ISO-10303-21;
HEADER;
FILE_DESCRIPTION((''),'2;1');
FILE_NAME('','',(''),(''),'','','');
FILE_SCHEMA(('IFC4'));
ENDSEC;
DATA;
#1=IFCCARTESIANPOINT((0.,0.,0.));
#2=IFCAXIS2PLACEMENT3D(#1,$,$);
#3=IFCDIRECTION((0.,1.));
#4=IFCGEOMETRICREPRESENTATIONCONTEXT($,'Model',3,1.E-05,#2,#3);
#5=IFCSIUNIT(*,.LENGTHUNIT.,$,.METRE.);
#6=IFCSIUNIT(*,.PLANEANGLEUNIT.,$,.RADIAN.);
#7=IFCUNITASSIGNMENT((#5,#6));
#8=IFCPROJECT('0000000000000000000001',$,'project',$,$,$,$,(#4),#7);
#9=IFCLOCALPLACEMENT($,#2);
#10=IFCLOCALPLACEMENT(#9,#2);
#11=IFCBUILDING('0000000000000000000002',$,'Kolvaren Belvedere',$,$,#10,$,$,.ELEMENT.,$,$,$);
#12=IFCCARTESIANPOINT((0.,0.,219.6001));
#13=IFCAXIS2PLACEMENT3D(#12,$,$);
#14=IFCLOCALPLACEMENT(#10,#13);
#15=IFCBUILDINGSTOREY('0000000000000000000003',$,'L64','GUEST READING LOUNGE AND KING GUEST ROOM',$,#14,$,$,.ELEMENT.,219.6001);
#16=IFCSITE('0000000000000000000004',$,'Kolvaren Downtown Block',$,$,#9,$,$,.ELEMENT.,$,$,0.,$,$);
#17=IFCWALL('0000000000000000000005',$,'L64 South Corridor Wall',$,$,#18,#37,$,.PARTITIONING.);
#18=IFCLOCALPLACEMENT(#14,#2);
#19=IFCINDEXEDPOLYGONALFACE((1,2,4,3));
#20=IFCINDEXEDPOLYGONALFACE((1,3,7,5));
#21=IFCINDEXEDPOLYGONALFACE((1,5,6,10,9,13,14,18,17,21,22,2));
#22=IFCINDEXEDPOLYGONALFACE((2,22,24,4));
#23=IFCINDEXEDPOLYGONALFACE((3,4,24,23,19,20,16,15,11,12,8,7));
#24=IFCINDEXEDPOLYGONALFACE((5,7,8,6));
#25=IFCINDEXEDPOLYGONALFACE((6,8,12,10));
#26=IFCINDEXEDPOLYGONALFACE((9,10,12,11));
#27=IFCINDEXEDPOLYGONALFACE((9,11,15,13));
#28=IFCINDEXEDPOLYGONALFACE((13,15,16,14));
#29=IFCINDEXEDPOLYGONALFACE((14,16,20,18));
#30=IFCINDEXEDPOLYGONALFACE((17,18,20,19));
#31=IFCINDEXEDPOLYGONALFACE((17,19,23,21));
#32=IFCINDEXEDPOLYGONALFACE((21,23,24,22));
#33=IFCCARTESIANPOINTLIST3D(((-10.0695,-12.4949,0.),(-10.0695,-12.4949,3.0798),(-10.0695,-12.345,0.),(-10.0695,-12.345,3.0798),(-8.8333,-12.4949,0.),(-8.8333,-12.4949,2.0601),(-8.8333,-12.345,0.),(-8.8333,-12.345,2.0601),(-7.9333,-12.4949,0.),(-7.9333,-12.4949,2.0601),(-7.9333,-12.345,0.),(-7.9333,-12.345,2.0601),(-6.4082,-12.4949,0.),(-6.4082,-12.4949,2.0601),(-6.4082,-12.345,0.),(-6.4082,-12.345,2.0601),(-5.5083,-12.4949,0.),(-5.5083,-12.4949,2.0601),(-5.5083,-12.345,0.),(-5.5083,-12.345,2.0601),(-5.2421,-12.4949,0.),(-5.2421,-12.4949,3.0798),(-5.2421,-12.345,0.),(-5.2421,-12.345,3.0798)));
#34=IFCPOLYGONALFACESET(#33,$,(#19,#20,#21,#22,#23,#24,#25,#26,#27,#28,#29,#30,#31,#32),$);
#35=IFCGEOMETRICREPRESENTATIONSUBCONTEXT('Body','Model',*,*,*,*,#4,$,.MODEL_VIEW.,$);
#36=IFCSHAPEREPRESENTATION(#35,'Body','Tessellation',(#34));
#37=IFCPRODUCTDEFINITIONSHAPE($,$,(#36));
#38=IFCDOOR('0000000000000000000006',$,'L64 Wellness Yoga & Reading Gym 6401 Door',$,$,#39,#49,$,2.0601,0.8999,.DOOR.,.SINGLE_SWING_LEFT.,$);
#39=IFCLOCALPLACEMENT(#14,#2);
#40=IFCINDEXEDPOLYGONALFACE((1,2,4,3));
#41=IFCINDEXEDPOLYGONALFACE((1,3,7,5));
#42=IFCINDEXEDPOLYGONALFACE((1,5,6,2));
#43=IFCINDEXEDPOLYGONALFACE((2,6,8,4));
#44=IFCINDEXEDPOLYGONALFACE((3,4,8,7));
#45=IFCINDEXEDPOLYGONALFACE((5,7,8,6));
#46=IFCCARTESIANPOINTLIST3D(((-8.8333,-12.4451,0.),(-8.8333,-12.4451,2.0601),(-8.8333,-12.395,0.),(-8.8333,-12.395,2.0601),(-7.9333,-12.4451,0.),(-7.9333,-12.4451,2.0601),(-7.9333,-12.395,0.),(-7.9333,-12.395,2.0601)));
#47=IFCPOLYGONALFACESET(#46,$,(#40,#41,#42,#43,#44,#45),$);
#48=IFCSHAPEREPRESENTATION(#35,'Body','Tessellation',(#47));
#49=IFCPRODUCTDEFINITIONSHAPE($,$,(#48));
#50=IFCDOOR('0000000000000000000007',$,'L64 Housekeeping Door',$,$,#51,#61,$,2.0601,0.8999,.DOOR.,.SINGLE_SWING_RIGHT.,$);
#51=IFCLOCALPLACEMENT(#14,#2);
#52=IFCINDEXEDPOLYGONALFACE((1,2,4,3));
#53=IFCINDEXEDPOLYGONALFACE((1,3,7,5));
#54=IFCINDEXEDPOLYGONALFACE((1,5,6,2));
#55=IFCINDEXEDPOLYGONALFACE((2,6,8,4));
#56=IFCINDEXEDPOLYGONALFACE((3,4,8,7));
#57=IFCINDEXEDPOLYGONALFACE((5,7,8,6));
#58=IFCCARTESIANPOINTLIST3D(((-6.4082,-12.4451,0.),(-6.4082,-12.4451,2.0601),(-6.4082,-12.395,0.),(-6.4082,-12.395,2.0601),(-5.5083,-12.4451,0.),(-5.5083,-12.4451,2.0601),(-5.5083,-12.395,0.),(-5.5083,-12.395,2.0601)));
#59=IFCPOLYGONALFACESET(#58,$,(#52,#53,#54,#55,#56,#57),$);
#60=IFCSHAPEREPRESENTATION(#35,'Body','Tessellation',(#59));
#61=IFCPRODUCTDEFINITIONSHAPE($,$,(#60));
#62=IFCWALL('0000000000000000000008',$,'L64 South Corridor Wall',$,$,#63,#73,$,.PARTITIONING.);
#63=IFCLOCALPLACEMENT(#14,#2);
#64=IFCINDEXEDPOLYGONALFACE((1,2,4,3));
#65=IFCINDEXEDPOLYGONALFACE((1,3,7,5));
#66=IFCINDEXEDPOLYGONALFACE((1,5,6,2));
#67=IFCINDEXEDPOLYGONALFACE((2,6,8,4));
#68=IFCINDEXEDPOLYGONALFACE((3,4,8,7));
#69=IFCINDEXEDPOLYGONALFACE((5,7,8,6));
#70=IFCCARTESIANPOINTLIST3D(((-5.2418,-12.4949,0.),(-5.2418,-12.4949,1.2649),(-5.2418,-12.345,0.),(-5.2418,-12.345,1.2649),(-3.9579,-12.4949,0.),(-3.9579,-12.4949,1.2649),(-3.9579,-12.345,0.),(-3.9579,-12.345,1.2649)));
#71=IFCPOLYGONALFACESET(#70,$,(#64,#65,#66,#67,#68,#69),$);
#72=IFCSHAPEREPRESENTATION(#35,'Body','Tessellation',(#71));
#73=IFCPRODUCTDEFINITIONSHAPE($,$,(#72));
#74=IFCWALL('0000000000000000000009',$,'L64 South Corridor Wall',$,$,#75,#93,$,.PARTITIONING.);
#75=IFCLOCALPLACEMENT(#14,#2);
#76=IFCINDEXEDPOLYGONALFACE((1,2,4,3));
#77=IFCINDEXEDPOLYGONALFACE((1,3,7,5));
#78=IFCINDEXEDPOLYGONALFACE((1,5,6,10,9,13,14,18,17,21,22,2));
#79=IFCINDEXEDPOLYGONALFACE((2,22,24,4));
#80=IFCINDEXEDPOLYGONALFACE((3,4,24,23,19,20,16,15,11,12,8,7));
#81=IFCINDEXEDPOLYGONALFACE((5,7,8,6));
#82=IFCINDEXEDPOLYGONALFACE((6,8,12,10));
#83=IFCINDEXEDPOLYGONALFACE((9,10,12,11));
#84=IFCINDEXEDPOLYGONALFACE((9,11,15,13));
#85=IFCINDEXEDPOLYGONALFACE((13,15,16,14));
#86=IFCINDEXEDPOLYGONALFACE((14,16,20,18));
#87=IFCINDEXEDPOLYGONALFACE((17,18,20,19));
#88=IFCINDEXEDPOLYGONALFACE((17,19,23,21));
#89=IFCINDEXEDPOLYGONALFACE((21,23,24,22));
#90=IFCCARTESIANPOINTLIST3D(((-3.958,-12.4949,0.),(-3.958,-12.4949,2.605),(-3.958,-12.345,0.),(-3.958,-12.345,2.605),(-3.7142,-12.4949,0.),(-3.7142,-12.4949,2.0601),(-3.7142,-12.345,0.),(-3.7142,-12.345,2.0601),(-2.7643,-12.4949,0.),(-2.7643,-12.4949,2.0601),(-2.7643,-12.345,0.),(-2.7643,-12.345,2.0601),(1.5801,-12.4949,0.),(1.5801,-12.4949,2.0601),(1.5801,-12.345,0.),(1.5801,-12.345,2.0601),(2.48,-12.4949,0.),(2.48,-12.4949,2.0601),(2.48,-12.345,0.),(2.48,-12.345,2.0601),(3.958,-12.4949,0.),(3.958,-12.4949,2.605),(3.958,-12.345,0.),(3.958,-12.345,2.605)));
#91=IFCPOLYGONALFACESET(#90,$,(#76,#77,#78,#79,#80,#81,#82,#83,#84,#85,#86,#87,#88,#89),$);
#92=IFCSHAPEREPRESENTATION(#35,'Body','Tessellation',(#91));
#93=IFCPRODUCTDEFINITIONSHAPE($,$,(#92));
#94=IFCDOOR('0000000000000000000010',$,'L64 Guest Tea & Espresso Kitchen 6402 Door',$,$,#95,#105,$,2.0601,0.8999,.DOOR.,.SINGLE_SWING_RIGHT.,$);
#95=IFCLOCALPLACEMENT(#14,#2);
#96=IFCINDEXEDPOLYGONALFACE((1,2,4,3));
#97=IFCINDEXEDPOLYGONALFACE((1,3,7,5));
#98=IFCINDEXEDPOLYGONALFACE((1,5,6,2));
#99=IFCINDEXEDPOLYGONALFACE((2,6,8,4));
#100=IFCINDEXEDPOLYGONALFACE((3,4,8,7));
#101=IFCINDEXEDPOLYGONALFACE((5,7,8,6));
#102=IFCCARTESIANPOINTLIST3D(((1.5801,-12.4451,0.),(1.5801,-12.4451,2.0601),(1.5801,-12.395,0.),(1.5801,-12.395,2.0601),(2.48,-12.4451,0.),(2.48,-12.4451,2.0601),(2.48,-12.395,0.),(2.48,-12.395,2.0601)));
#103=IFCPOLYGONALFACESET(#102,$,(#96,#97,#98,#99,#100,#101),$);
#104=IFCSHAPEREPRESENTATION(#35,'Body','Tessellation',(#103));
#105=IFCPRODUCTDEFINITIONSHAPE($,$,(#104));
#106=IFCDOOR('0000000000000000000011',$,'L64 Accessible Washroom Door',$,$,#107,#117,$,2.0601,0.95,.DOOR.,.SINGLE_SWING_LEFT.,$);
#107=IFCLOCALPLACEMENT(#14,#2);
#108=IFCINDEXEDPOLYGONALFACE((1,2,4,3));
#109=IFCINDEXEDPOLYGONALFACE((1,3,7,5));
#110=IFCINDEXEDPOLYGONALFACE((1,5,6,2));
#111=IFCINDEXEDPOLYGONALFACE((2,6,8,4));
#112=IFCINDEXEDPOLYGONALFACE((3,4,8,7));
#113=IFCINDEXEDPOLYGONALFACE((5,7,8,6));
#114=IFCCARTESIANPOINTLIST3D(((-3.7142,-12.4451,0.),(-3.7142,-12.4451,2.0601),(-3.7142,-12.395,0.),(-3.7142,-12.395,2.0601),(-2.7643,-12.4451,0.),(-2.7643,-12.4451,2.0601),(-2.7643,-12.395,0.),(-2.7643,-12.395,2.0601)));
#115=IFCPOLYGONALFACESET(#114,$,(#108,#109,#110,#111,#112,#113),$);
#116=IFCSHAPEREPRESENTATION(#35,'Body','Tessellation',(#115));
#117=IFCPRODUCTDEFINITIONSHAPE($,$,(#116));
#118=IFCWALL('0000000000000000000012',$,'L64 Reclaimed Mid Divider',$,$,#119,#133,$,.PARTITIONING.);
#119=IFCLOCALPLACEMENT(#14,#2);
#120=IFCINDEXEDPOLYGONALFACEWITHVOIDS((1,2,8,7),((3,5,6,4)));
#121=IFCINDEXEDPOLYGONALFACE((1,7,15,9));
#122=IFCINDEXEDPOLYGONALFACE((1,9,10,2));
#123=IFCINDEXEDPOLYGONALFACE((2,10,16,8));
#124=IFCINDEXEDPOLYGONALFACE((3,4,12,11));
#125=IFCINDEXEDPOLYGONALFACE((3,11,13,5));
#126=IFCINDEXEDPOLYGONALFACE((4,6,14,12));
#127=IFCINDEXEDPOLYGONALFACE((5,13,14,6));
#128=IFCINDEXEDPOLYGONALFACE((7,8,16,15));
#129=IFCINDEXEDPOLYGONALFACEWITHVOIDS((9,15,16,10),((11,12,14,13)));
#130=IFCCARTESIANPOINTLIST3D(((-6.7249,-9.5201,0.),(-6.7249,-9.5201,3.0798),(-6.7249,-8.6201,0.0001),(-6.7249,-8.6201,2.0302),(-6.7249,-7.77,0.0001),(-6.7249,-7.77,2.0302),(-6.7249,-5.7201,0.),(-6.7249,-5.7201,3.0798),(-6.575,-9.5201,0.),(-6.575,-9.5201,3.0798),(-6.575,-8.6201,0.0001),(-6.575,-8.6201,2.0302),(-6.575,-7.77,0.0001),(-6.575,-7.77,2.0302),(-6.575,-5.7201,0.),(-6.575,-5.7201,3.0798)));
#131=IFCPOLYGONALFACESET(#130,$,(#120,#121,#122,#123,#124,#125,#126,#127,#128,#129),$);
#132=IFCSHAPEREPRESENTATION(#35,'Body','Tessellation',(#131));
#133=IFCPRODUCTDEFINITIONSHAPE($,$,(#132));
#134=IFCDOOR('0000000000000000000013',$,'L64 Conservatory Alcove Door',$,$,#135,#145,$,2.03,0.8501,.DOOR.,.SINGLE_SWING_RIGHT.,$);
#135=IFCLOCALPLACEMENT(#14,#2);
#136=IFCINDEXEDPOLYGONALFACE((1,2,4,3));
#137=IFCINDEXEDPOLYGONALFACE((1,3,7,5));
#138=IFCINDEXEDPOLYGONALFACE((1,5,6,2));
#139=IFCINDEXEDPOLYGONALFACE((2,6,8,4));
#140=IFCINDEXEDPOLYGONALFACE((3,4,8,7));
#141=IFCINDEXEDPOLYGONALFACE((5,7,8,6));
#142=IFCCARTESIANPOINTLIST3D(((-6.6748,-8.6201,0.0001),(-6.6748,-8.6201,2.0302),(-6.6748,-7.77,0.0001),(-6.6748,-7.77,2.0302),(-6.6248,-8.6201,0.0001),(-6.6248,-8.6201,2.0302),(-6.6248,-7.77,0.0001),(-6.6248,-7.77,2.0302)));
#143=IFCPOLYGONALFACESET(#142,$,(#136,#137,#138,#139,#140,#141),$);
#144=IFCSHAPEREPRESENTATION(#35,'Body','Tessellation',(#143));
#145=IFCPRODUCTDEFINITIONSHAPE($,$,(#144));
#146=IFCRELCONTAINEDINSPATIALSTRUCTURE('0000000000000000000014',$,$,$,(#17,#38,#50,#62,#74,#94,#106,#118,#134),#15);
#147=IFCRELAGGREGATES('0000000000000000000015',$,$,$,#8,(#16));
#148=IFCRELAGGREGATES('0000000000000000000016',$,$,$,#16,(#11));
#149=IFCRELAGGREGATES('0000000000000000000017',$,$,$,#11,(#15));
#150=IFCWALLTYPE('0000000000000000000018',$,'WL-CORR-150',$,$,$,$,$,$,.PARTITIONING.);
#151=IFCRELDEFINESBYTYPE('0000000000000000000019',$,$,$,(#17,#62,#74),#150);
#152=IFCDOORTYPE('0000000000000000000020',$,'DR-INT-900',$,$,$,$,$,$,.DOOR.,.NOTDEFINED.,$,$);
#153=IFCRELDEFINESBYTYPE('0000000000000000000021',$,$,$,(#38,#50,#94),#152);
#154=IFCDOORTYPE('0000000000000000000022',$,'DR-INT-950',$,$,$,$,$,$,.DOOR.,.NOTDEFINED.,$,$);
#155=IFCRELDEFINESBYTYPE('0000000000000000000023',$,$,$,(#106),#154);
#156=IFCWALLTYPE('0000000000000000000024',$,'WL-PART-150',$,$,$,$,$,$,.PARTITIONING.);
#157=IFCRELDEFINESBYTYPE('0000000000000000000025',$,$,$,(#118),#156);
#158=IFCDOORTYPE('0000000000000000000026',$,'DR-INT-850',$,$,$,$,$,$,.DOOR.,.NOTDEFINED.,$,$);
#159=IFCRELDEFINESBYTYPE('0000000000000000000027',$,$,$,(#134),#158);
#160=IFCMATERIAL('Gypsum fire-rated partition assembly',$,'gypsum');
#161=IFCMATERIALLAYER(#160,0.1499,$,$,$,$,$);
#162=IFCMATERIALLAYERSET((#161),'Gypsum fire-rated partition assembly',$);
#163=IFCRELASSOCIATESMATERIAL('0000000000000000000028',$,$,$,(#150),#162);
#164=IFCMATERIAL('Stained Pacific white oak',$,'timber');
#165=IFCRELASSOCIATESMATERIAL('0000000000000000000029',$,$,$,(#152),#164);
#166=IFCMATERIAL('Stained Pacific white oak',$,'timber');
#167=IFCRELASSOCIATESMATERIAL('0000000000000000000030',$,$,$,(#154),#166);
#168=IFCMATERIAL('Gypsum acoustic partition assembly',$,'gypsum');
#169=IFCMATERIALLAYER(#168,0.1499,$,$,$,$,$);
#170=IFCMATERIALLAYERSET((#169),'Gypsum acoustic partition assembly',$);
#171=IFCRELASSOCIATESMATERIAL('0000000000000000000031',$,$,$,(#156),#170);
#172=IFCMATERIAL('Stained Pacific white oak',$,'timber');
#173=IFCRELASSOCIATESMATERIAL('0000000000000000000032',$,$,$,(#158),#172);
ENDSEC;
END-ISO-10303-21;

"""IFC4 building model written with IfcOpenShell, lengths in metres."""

from ifc_helpers import new_model, si_unit, direction, frame, frame_2d, origin, place, context, subcontext, project, spatial, rectangle, extrude, material, layer, layer_set, type_object, element, fill, save


model = new_model("IFC4")

# Units and contexts
model_context = context("Model", 3, precision=1e-05, world=origin(), true_north=direction((0.0, 1.0)))
body_context = subcontext(model_context, "Body", "Model", "MODEL_VIEW")
ifc_project = project(units=[si_unit("LENGTHUNIT", "METRE"), si_unit("PLANEANGLEUNIT", "RADIAN")], contexts=[model_context])

# Site, building, storey
site_placement = place(None, origin())
site = spatial("IfcSite", under=ifc_project, at=site_placement, Name="Kolvaren Downtown Block", CompositionType="ELEMENT", RefElevation=0.0)
building_placement = place(site_placement, origin())
building = spatial("IfcBuilding", under=site, at=building_placement, Name="Kolvaren Belvedere", CompositionType="ELEMENT")
storey_placement = place(building_placement, frame((0.0, 0.0, 219.6001)))
storey = spatial("IfcBuildingStorey", under=building, at=storey_placement, Name="L64", Description="GUEST READING LOUNGE AND KING GUEST ROOM", CompositionType="ELEMENT", Elevation=219.6001)

# Wall, openings, doors
ifc_material_1 = material(Name="Gypsum fire-rated partition assembly", Category="gypsum")
ifc_layer_1 = layer(ifc_material_1, 0.1499)
ifc_layer_set_1 = layer_set([ifc_layer_1], Name="Gypsum fire-rated partition assembly")
wall_type_1 = type_object("IfcWallType", Name="WL-CORR-150", PredefinedType="PARTITIONING", material=ifc_layer_set_1)
wall_1_placement = place(storey_placement, frame((-10.0693, -12.4199, 0.0), z_axis=(0.0, 0.0, 1.0), x_axis=(1.0, 0.0, 0.0)))
wall_1 = element("IfcWall", 1, at=wall_1_placement, inside=storey, type_object=wall_type_1, Name="L64 South Corridor Wall", PredefinedType="PARTITIONING", context=body_context, shape_type="SweptSolid", body=[
    extrude(rectangle(XDim=4.8274, YDim=0.1499, at=frame_2d((2.4136, 0.0))), origin(), (0.0, 0.0, 1.0), 3.0798),
])
opening_1_placement = place(wall_1_placement, frame((1.2361, 0.0, 0.0)))
opening_1 = element("IfcOpeningElement", 2, at=opening_1_placement, cuts=wall_1, PredefinedType="OPENING", context=body_context, shape_type="SweptSolid", body=[
    extrude(rectangle(XDim=0.8999, YDim=2.0601, at=frame_2d((0.45, 1.03))), frame((0.0, 0.085, 0.0), z_axis=(0.0, -1.0, 0.0), x_axis=(1.0, 0.0, 0.0)), (0.0, 0.0, 1.0), 0.1699),
])
opening_2_placement = place(wall_1_placement, frame((3.6611, 0.0, 0.0)))
opening_2 = element("IfcOpeningElement", 3, at=opening_2_placement, cuts=wall_1, PredefinedType="OPENING", context=body_context, shape_type="SweptSolid", body=[
    extrude(rectangle(XDim=0.8999, YDim=2.0601, at=frame_2d((0.45, 1.03))), frame((0.0, 0.085, 0.0), z_axis=(0.0, -1.0, 0.0), x_axis=(1.0, 0.0, 0.0)), (0.0, 0.0, 1.0), 0.1699),
])
ifc_material_2 = material(Name="Stained Pacific white oak", Category="timber")
door_type_1 = type_object("IfcDoorType", Name="DR-INT-900", OperationType="NOTDEFINED", PredefinedType="DOOR", material=ifc_material_2)
door_1_placement = place(opening_1_placement, origin())
door_1 = element("IfcDoor", 4, at=door_1_placement, inside=storey, type_object=door_type_1, Name="L64 Wellness Yoga & Reading Gym 6401 Door", OperationType="SINGLE_SWING_LEFT", OverallHeight=2.0601, OverallWidth=0.8999, PredefinedType="DOOR", context=body_context, shape_type="SweptSolid", body=[
    extrude(rectangle(XDim=0.8999, YDim=2.0601, at=frame_2d((0.45, 1.03))), frame((0.0, 0.0249, 0.0), z_axis=(0.0, -1.0, 0.0), x_axis=(1.0, 0.0, 0.0)), (0.0, 0.0, 1.0), 0.05),
])
fill(opening_1, door_1)
door_2_placement = place(opening_2_placement, origin())
door_2 = element("IfcDoor", 5, at=door_2_placement, inside=storey, type_object=door_type_1, Name="L64 Housekeeping Door", OperationType="SINGLE_SWING_RIGHT", OverallHeight=2.0601, OverallWidth=0.8999, PredefinedType="DOOR", context=body_context, shape_type="SweptSolid", body=[
    extrude(rectangle(XDim=0.8999, YDim=2.0601, at=frame_2d((0.45, 1.03))), frame((0.0, 0.0249, 0.0), z_axis=(0.0, -1.0, 0.0), x_axis=(1.0, 0.0, 0.0)), (0.0, 0.0, 1.0), 0.05),
])
fill(opening_2, door_2)

# Wall
wall_2_placement = place(storey_placement, frame((-5.2419, -12.4199, 0.0), z_axis=(0.0, 0.0, 1.0), x_axis=(1.0, 0.0, 0.0)))
element("IfcWall", 6, at=wall_2_placement, inside=storey, type_object=wall_type_1, Name="L64 South Corridor Wall", PredefinedType="PARTITIONING", context=body_context, shape_type="SweptSolid", body=[
    extrude(rectangle(XDim=1.2839, YDim=0.1499, at=frame_2d((0.6421, 0.0))), origin(), (0.0, 0.0, 1.0), 1.2649),
])

# Wall, openings, doors
wall_3_placement = place(storey_placement, frame((-3.958, -12.4199, 0.0), z_axis=(0.0, 0.0, 1.0), x_axis=(1.0, 0.0, 0.0)))
wall_3 = element("IfcWall", 7, at=wall_3_placement, inside=storey, type_object=wall_type_1, Name="L64 South Corridor Wall", PredefinedType="PARTITIONING", context=body_context, shape_type="SweptSolid", body=[
    extrude(rectangle(XDim=7.916, YDim=0.1499, at=frame_2d((3.958, 0.0))), origin(), (0.0, 0.0, 1.0), 2.605),
])
opening_3_placement = place(wall_3_placement, frame((0.2437, 0.0, 0.0)))
opening_3 = element("IfcOpeningElement", 8, at=opening_3_placement, cuts=wall_3, PredefinedType="OPENING", context=body_context, shape_type="SweptSolid", body=[
    extrude(rectangle(XDim=0.95, YDim=2.0601, at=frame_2d((0.4751, 1.03))), frame((0.0, 0.085, 0.0), z_axis=(0.0, -1.0, 0.0), x_axis=(1.0, 0.0, 0.0)), (0.0, 0.0, 1.0), 0.1699),
])
opening_4_placement = place(wall_3_placement, frame((5.5381, 0.0, 0.0)))
opening_4 = element("IfcOpeningElement", 9, at=opening_4_placement, cuts=wall_3, PredefinedType="OPENING", context=body_context, shape_type="SweptSolid", body=[
    extrude(rectangle(XDim=0.8999, YDim=2.0601, at=frame_2d((0.45, 1.03))), frame((0.0, 0.085, 0.0), z_axis=(0.0, -1.0, 0.0), x_axis=(1.0, 0.0, 0.0)), (0.0, 0.0, 1.0), 0.1699),
])
door_3_placement = place(opening_4_placement, origin())
door_3 = element("IfcDoor", 10, at=door_3_placement, inside=storey, type_object=door_type_1, Name="L64 Guest Tea & Espresso Kitchen 6402 Door", OperationType="SINGLE_SWING_RIGHT", OverallHeight=2.0601, OverallWidth=0.8999, PredefinedType="DOOR", context=body_context, shape_type="SweptSolid", body=[
    extrude(rectangle(XDim=0.8999, YDim=2.0601, at=frame_2d((0.45, 1.03))), frame((0.0, 0.0249, 0.0), z_axis=(0.0, -1.0, 0.0), x_axis=(1.0, 0.0, 0.0)), (0.0, 0.0, 1.0), 0.05),
])
fill(opening_4, door_3)
ifc_material_3 = material(Name="Stained Pacific white oak", Category="timber")
door_type_2 = type_object("IfcDoorType", Name="DR-INT-950", OperationType="NOTDEFINED", PredefinedType="DOOR", material=ifc_material_3)
door_4_placement = place(opening_3_placement, origin())
door_4 = element("IfcDoor", 11, at=door_4_placement, inside=storey, type_object=door_type_2, Name="L64 Accessible Washroom Door", OperationType="SINGLE_SWING_LEFT", OverallHeight=2.0601, OverallWidth=0.95, PredefinedType="DOOR", context=body_context, shape_type="SweptSolid", body=[
    extrude(rectangle(XDim=0.95, YDim=2.0601, at=frame_2d((0.4751, 1.03))), frame((0.0, 0.0249, 0.0), z_axis=(0.0, -1.0, 0.0), x_axis=(1.0, 0.0, 0.0)), (0.0, 0.0, 1.0), 0.05),
])
fill(opening_3, door_4)

# Wall, opening, door
ifc_material_4 = material(Name="Gypsum acoustic partition assembly", Category="gypsum")
ifc_layer_2 = layer(ifc_material_4, 0.1499)
ifc_layer_set_2 = layer_set([ifc_layer_2], Name="Gypsum acoustic partition assembly")
wall_type_2 = type_object("IfcWallType", Name="WL-PART-150", PredefinedType="PARTITIONING", material=ifc_layer_set_2)
wall_4_placement = place(storey_placement, frame((-6.6499, -9.52, 0.0), z_axis=(0.0, 0.0, 1.0), x_axis=(0.0, 1.0, 0.0)))
wall_4 = element("IfcWall", 12, at=wall_4_placement, inside=storey, type_object=wall_type_2, Name="L64 Reclaimed Mid Divider", PredefinedType="PARTITIONING", context=body_context, shape_type="SweptSolid", body=[
    extrude(rectangle(XDim=3.8, YDim=0.1499, at=frame_2d((1.8999, 0.0))), origin(), (0.0, 0.0, 1.0), 3.0798),
])
opening_5_placement = place(wall_4_placement, frame((0.8999, 0.0, 0.0)))
opening_5 = element("IfcOpeningElement", 13, at=opening_5_placement, cuts=wall_4, PredefinedType="OPENING", context=body_context, shape_type="SweptSolid", body=[
    extrude(rectangle(XDim=0.8501, YDim=2.03, at=frame_2d((0.425, 1.0151))), frame((0.0, 0.085, 0.0), z_axis=(0.0, -1.0, 0.0), x_axis=(1.0, 0.0, 0.0)), (0.0, 0.0, 1.0), 0.1699),
])
ifc_material_5 = material(Name="Stained Pacific white oak", Category="timber")
door_type_3 = type_object("IfcDoorType", Name="DR-INT-850", OperationType="NOTDEFINED", PredefinedType="DOOR", material=ifc_material_5)
door_5_placement = place(opening_5_placement, origin())
door_5 = element("IfcDoor", 14, at=door_5_placement, inside=storey, type_object=door_type_3, Name="L64 Conservatory Alcove Door", OperationType="SINGLE_SWING_RIGHT", OverallHeight=2.03, OverallWidth=0.8501, PredefinedType="DOOR", context=body_context, shape_type="SweptSolid", body=[
    extrude(rectangle(XDim=0.8501, YDim=2.03, at=frame_2d((0.425, 1.0151))), frame((0.0, 0.0249, 0.0), z_axis=(0.0, -1.0, 0.0), x_axis=(1.0, 0.0, 0.0)), (0.0, 0.0, 1.0), 0.05),
])
fill(opening_5, door_5)

save(model, "model.ifc")
